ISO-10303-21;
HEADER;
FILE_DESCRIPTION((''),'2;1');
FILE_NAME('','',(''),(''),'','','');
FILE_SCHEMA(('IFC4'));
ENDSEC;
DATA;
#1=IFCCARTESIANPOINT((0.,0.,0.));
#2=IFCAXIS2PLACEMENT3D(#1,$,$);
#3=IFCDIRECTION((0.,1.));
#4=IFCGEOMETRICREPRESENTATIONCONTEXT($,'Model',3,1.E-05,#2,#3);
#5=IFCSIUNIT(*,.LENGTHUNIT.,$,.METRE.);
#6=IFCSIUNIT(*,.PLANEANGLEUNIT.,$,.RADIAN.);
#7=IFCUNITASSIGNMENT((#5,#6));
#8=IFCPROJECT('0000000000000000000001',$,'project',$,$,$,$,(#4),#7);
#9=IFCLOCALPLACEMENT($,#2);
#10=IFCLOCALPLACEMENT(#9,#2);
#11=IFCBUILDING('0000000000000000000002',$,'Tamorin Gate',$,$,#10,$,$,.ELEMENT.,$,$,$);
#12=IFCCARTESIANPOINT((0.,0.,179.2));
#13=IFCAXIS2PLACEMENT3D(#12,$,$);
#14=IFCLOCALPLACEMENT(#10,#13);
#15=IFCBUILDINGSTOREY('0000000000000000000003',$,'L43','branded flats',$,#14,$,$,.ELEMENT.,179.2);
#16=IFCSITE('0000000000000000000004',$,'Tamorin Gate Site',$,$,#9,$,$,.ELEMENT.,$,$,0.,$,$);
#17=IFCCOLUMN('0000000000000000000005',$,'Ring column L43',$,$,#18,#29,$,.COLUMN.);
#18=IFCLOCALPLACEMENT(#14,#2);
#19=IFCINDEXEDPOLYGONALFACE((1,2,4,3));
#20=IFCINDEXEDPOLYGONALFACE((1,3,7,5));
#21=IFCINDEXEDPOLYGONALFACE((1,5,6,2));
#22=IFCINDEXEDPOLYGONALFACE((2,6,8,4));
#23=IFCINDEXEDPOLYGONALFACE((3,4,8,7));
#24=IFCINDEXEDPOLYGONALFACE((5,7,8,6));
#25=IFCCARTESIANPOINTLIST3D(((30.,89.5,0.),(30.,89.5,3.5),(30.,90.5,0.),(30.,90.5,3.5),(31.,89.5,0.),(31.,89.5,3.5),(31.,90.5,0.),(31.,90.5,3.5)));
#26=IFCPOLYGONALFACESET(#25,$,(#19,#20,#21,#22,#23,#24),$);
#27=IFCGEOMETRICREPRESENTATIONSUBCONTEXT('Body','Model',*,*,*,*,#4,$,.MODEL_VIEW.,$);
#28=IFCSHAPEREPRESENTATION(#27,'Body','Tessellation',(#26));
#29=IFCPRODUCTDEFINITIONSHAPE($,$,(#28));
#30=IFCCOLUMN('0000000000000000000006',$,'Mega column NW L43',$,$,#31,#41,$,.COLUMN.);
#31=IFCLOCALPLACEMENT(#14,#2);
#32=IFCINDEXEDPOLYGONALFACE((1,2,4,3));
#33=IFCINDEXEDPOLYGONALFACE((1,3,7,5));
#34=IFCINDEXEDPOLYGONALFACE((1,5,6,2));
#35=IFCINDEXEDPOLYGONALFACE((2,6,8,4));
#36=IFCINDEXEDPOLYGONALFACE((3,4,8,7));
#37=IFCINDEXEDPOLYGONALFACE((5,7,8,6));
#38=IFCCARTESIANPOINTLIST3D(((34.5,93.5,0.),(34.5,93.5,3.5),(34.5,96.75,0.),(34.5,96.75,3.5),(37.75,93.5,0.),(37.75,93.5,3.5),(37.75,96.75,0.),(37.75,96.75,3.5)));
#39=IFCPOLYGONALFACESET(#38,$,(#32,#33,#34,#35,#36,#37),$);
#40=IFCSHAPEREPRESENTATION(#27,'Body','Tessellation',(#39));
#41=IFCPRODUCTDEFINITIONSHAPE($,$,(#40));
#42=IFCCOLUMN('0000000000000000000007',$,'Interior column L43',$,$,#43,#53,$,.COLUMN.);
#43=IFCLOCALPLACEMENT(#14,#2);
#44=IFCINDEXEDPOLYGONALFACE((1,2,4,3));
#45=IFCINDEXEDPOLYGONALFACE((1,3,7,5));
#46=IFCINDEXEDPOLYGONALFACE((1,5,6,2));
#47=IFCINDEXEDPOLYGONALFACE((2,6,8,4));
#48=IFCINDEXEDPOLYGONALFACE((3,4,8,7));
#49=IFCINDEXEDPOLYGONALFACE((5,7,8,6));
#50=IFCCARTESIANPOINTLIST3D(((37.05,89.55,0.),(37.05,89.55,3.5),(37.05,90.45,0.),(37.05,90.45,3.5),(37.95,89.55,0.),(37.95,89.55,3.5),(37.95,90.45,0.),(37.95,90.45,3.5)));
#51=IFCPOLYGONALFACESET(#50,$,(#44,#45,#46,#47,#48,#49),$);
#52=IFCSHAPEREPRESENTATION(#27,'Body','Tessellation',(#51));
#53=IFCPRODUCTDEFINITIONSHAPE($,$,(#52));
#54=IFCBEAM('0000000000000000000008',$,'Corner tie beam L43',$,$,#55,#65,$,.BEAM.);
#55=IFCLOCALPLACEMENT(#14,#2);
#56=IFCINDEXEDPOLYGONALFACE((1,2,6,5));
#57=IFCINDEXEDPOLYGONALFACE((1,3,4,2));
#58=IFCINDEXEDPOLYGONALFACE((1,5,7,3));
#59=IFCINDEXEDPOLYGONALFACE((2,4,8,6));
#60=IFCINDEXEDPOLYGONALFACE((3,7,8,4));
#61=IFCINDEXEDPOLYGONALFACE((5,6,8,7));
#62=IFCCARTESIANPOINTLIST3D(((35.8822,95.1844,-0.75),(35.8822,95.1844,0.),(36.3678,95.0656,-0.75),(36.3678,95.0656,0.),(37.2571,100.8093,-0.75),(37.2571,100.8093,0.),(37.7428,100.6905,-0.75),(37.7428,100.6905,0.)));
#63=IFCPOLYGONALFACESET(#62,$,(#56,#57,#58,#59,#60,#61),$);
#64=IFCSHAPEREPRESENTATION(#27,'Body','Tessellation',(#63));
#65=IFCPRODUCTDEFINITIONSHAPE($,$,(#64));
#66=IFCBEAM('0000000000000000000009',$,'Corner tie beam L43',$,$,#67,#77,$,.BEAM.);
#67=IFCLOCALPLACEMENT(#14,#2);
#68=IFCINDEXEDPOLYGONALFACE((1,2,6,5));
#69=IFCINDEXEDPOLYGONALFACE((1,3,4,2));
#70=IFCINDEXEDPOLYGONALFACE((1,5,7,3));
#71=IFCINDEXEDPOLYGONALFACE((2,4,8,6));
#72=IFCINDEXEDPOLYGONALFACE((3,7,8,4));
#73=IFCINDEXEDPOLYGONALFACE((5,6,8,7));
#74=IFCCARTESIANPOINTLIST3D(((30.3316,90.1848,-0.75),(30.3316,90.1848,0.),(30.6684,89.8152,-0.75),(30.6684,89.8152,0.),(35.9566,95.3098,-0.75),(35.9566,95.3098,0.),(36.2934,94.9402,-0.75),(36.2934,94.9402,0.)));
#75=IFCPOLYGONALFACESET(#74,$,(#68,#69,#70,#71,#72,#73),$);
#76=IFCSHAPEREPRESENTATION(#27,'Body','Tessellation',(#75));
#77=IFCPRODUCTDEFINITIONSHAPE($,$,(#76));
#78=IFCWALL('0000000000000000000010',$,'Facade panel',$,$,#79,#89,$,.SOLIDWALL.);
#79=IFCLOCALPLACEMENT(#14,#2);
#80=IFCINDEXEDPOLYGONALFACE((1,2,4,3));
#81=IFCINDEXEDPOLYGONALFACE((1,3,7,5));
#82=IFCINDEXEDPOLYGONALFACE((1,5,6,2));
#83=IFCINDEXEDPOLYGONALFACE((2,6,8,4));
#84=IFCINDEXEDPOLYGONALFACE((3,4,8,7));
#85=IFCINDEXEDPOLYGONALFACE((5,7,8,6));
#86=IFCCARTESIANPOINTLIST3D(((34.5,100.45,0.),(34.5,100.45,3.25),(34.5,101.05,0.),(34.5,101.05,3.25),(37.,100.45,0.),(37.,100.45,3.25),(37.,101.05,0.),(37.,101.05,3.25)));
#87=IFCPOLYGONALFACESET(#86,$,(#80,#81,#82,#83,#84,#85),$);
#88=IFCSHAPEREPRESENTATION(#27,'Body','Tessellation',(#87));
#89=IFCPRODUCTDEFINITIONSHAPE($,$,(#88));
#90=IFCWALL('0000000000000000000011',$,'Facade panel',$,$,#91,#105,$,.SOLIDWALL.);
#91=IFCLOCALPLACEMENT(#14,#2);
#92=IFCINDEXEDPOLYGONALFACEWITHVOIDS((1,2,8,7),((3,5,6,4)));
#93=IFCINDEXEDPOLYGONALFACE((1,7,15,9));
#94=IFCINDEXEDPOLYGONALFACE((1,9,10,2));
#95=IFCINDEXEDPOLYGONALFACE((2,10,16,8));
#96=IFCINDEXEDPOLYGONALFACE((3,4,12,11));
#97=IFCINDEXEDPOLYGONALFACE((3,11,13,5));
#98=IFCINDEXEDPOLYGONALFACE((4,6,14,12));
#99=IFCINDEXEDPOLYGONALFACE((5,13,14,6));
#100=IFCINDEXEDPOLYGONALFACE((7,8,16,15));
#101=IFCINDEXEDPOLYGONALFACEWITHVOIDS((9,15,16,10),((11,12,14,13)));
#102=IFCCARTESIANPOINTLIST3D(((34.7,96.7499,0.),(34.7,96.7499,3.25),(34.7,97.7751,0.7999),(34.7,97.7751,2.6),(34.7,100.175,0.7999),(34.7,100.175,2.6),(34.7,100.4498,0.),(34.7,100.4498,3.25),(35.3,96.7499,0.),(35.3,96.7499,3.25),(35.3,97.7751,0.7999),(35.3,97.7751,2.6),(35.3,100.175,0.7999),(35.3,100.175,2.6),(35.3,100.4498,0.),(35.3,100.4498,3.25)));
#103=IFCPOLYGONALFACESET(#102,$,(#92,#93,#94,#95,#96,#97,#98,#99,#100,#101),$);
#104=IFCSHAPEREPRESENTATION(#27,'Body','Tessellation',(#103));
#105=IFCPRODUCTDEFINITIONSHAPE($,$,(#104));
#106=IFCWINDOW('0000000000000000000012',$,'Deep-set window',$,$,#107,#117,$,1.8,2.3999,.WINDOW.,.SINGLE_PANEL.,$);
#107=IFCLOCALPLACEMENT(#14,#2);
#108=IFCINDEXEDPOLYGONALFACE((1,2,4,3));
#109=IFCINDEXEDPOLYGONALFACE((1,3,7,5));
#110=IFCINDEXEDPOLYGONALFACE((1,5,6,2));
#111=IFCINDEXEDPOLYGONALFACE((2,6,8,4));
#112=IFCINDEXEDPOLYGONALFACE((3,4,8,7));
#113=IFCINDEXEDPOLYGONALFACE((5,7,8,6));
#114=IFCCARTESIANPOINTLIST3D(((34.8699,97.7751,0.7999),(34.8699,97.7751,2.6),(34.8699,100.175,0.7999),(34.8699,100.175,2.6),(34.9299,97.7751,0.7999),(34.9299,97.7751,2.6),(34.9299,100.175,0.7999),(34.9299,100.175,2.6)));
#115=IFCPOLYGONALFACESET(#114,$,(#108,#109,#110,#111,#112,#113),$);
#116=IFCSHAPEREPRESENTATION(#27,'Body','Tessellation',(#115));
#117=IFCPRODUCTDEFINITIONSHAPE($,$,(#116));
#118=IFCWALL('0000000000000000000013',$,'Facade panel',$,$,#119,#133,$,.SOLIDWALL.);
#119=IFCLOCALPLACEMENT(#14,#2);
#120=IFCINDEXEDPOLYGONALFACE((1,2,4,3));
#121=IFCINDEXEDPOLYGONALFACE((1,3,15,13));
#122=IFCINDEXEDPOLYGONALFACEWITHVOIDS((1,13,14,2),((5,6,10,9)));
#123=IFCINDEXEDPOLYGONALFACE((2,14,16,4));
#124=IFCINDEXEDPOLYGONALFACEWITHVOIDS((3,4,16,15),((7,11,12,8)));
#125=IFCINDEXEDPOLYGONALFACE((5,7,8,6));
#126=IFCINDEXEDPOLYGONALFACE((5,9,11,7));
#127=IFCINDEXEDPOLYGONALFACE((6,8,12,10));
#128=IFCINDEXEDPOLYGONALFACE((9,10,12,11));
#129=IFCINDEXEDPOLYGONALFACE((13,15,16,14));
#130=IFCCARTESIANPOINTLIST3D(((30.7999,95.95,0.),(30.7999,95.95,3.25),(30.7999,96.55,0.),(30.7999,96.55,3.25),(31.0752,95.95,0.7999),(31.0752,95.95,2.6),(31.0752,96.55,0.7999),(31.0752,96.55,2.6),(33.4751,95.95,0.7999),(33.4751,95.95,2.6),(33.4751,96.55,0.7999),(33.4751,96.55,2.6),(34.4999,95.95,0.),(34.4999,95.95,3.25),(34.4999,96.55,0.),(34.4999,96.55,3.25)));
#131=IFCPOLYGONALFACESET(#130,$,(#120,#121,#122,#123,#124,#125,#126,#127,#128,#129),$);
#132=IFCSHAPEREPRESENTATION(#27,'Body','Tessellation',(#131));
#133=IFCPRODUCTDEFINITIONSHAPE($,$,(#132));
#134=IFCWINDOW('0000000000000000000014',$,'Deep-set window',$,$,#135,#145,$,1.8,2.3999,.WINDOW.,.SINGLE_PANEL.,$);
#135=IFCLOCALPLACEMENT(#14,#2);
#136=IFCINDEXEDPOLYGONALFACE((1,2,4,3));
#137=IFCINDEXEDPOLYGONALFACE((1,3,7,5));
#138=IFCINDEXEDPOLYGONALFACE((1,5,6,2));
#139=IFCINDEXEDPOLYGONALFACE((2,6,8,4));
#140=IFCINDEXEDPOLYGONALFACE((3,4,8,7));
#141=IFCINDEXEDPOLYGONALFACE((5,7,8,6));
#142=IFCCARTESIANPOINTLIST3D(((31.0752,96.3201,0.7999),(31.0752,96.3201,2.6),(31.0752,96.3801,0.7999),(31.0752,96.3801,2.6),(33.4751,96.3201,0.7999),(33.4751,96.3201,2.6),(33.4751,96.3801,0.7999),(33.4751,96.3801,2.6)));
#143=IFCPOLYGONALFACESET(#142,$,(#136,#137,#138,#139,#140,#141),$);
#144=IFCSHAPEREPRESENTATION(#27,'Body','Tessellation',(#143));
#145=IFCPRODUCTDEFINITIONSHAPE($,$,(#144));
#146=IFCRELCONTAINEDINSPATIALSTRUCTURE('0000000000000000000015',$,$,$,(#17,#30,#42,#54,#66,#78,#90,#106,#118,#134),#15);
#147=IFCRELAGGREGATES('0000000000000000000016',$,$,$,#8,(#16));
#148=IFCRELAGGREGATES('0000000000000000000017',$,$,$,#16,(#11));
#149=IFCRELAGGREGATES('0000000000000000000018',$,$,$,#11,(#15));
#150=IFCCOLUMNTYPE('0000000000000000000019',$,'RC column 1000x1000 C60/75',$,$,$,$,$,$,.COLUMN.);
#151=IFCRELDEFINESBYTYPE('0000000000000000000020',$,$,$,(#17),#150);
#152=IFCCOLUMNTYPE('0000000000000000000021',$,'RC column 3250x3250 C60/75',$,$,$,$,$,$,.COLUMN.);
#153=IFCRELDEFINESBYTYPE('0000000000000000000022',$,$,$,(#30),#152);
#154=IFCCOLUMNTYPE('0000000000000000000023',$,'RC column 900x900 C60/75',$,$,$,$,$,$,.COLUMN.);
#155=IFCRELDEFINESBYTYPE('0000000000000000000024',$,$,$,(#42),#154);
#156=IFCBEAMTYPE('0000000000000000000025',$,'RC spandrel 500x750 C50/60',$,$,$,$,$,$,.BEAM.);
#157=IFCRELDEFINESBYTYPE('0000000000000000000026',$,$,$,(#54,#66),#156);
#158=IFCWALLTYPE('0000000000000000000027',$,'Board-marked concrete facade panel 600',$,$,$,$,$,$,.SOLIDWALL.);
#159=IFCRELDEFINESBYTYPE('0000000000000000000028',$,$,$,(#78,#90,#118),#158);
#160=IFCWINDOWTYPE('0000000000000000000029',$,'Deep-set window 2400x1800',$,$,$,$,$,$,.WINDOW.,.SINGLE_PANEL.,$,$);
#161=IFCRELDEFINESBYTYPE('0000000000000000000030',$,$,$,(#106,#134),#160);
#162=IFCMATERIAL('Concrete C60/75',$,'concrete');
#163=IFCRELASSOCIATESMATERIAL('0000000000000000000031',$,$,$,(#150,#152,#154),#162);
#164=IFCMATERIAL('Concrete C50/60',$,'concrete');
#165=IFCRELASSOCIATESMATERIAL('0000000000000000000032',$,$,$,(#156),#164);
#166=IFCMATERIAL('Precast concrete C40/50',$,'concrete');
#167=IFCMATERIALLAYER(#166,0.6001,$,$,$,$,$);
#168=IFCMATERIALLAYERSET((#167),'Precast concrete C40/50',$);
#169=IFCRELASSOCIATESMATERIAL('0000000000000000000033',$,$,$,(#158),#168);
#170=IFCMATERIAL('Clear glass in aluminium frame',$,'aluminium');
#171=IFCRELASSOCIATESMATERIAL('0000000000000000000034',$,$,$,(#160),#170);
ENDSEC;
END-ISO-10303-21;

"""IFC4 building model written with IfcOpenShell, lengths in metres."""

from ifc_helpers import new_model, si_unit, direction, frame, frame_2d, origin, origin_2d, place, context, subcontext, project, spatial, rectangle, extrude, material, layer, layer_set, material_profile, profile_set, type_object, element, fill, save


model = new_model("IFC4")

# Units and contexts
model_context = context("Model", 3, precision=1e-05, world=origin(), true_north=direction((0.0, 1.0)))
body_context = subcontext(model_context, "Body", "Model", "MODEL_VIEW")
ifc_project = project(units=[si_unit("LENGTHUNIT", "METRE"), si_unit("PLANEANGLEUNIT", "RADIAN")], contexts=[model_context])

# Site, building, storey
site_placement = place(None, origin())
site = spatial("IfcSite", under=ifc_project, at=site_placement, Name="Tamorin Gate Site", CompositionType="ELEMENT", RefElevation=0.0)
building_placement = place(site_placement, origin())
building = spatial("IfcBuilding", under=site, at=building_placement, Name="Tamorin Gate", CompositionType="ELEMENT")
storey_placement = place(building_placement, frame((0.0, 0.0, 179.2)))
storey = spatial("IfcBuildingStorey", under=building, at=storey_placement, Name="L43", Description="branded flats", CompositionType="ELEMENT", Elevation=179.2)

# Columns
ifc_material_1 = material(Name="Concrete C60/75", Category="concrete")
ifc_material_profile_1 = material_profile(ifc_material_1, rectangle(XDim=1.0, YDim=1.0, at=origin_2d()), Name="RC 1000x1000")
ifc_profile_set_1 = profile_set([ifc_material_profile_1], Name="Concrete C60/75")
column_type_1 = type_object("IfcColumnType", Name="RC column 1000x1000 C60/75", PredefinedType="COLUMN", material=ifc_profile_set_1)
column_1_placement = place(storey_placement, frame((30.5, 90.0, 0.0), z_axis=(0.0, 0.0, 1.0), x_axis=(1.0, 0.0, 0.0)))
element("IfcColumn", 1, at=column_1_placement, inside=storey, type_object=column_type_1, Name="Ring column L43", PredefinedType="COLUMN", context=body_context, shape_type="SweptSolid", body=[
    extrude(rectangle(XDim=1.0, YDim=1.0, at=origin_2d()), origin(), (0.0, 0.0, 1.0), 3.5),
])
ifc_material_profile_2 = material_profile(ifc_material_1, rectangle(XDim=3.25, YDim=3.25, at=origin_2d()), Name="RC 3250x3250")
ifc_profile_set_2 = profile_set([ifc_material_profile_2], Name="Concrete C60/75")
column_type_2 = type_object("IfcColumnType", Name="RC column 3250x3250 C60/75", PredefinedType="COLUMN", material=ifc_profile_set_2)
column_2_placement = place(storey_placement, frame((36.125, 95.125, 0.0), z_axis=(0.0, 0.0, 1.0), x_axis=(1.0, 0.0, 0.0)))
element("IfcColumn", 2, at=column_2_placement, inside=storey, type_object=column_type_2, Name="Mega column NW L43", PredefinedType="COLUMN", context=body_context, shape_type="SweptSolid", body=[
    extrude(rectangle(XDim=3.25, YDim=3.25, at=origin_2d()), origin(), (0.0, 0.0, 1.0), 3.5),
])
ifc_material_profile_3 = material_profile(ifc_material_1, rectangle(XDim=0.8999, YDim=0.8999, at=origin_2d()), Name="RC 900x900")
ifc_profile_set_3 = profile_set([ifc_material_profile_3], Name="Concrete C60/75")
column_type_3 = type_object("IfcColumnType", Name="RC column 900x900 C60/75", PredefinedType="COLUMN", material=ifc_profile_set_3)
column_3_placement = place(storey_placement, frame((37.5, 90.0, 0.0), z_axis=(0.0, 0.0, 1.0), x_axis=(1.0, 0.0, 0.0)))
element("IfcColumn", 3, at=column_3_placement, inside=storey, type_object=column_type_3, Name="Interior column L43", PredefinedType="COLUMN", context=body_context, shape_type="SweptSolid", body=[
    extrude(rectangle(XDim=0.8999, YDim=0.8999, at=origin_2d()), origin(), (0.0, 0.0, 1.0), 3.5),
])

# Beams
ifc_material_2 = material(Name="Concrete C50/60", Category="concrete")
ifc_material_profile_4 = material_profile(ifc_material_2, rectangle(XDim=0.5, YDim=0.75, at=origin_2d()), Name="RC 500x750")
ifc_profile_set_4 = profile_set([ifc_material_profile_4], Name="Concrete C50/60")
beam_type = type_object("IfcBeamType", Name="RC spandrel 500x750 C50/60", PredefinedType="BEAM", material=ifc_profile_set_4)
beam_1_placement = place(storey_placement, frame((36.125, 95.125, -0.375), z_axis=(0.237453, 0.971399, 0.0), x_axis=(-0.971399, 0.237453, 0.0)))
element("IfcBeam", 4, at=beam_1_placement, inside=storey, type_object=beam_type, Name="Corner tie beam L43", PredefinedType="BEAM", context=body_context, shape_type="SweptSolid", body=[
    extrude(rectangle(XDim=0.5, YDim=0.75, at=origin_2d()), origin(), (0.0, 0.0, 1.0), 5.7905),
])
beam_2_placement = place(storey_placement, frame((36.125, 95.125, -0.375), z_axis=(-0.739196, -0.67349, 0.0), x_axis=(0.67349, -0.739196, 0.0)))
element("IfcBeam", 5, at=beam_2_placement, inside=storey, type_object=beam_type, Name="Corner tie beam L43", PredefinedType="BEAM", context=body_context, shape_type="SweptSolid", body=[
    extrude(rectangle(XDim=0.5, YDim=0.75, at=origin_2d()), origin(), (0.0, 0.0, 1.0), 7.6096),
])

# Wall
ifc_material_3 = material(Name="Precast concrete C40/50", Category="concrete")
ifc_layer_1 = layer(ifc_material_3, 0.6001)
ifc_layer_set_1 = layer_set([ifc_layer_1], Name="Precast concrete C40/50")
wall_type_1 = type_object("IfcWallType", Name="Board-marked concrete facade panel 600", PredefinedType="SOLIDWALL", material=ifc_layer_set_1)
wall_1_placement = place(storey_placement, frame((37.0, 100.75, 0.0), z_axis=(0.0, 0.0, 1.0), x_axis=(-1.0, 0.0, 0.0)))
element("IfcWall", 6, at=wall_1_placement, inside=storey, type_object=wall_type_1, Name="Facade panel", PredefinedType="SOLIDWALL", context=body_context, shape_type="SweptSolid", body=[
    extrude(rectangle(XDim=2.5, YDim=0.6001, at=frame_2d((1.25, 0.0))), origin(), (0.0, 0.0, 1.0), 3.25),
])

# Walls, openings, windows
wall_2_placement = place(storey_placement, frame((35.0, 100.45, 0.0), z_axis=(0.0, 0.0, 1.0), x_axis=(0.0, -1.0, 0.0)))
wall_2 = element("IfcWall", 7, at=wall_2_placement, inside=storey, type_object=wall_type_1, Name="Facade panel", PredefinedType="SOLIDWALL", context=body_context, shape_type="SweptSolid", body=[
    extrude(rectangle(XDim=3.7, YDim=0.6001, at=frame_2d((1.8501, 0.0))), origin(), (0.0, 0.0, 1.0), 3.25),
])
opening_1_placement = place(wall_2_placement, frame((0.2749, 0.0, 0.8)))
opening_1 = element("IfcOpeningElement", 8, at=opening_1_placement, cuts=wall_2, PredefinedType="OPENING", context=body_context, shape_type="SweptSolid", body=[
    extrude(rectangle(XDim=2.3999, YDim=1.8, at=frame_2d((1.2, 0.8999))), frame((0.0, 0.3101, 0.0), z_axis=(0.0, -1.0, 0.0), x_axis=(1.0, 0.0, 0.0)), (0.0, 0.0, 1.0), 0.6201),
])
ifc_material_4 = material(Name="Clear glass in aluminium frame", Category="aluminium")
window_type_1 = type_object("IfcWindowType", Name="Deep-set window 2400x1800", PartitioningType="SINGLE_PANEL", PredefinedType="WINDOW", material=ifc_material_4)
window_1_placement = place(opening_1_placement, origin())
window_1 = element("IfcWindow", 9, at=window_1_placement, inside=storey, type_object=window_type_1, Name="Deep-set window", OverallHeight=1.8, OverallWidth=2.3999, PartitioningType="SINGLE_PANEL", PredefinedType="WINDOW", context=body_context, shape_type="SweptSolid", body=[
    extrude(rectangle(XDim=2.3999, YDim=1.8, at=frame_2d((1.2, 0.8999))), frame((0.0, -0.0701, 0.0), z_axis=(0.0, -1.0, 0.0), x_axis=(1.0, 0.0, 0.0)), (0.0, 0.0, 1.0), 0.0601),
])
fill(opening_1, window_1)
wall_3_placement = place(storey_placement, frame((34.5, 96.25, 0.0), z_axis=(0.0, 0.0, 1.0), x_axis=(-1.0, 0.0, 0.0)))
wall_3 = element("IfcWall", 10, at=wall_3_placement, inside=storey, type_object=wall_type_1, Name="Facade panel", PredefinedType="SOLIDWALL", context=body_context, shape_type="SweptSolid", body=[
    extrude(rectangle(XDim=3.7, YDim=0.6001, at=frame_2d((1.8501, 0.0))), origin(), (0.0, 0.0, 1.0), 3.25),
])
opening_2_placement = place(wall_3_placement, frame((1.0249, 0.0, 0.8)))
opening_2 = element("IfcOpeningElement", 11, at=opening_2_placement, cuts=wall_3, PredefinedType="OPENING", context=body_context, shape_type="SweptSolid", body=[
    extrude(rectangle(XDim=2.3999, YDim=1.8, at=frame_2d((1.2, 0.8999))), frame((0.0, 0.3101, 0.0), z_axis=(0.0, -1.0, 0.0), x_axis=(1.0, 0.0, 0.0)), (0.0, 0.0, 1.0), 0.6201),
])
window_2_placement = place(opening_2_placement, origin())
window_2 = element("IfcWindow", 12, at=window_2_placement, inside=storey, type_object=window_type_1, Name="Deep-set window", OverallHeight=1.8, OverallWidth=2.3999, PartitioningType="SINGLE_PANEL", PredefinedType="WINDOW", context=body_context, shape_type="SweptSolid", body=[
    extrude(rectangle(XDim=2.3999, YDim=1.8, at=frame_2d((1.2, 0.8999))), frame((0.0, -0.0701, 0.0), z_axis=(0.0, -1.0, 0.0), x_axis=(1.0, 0.0, 0.0)), (0.0, 0.0, 1.0), 0.0601),
])
fill(opening_2, window_2)

save(model, "model.ifc")
